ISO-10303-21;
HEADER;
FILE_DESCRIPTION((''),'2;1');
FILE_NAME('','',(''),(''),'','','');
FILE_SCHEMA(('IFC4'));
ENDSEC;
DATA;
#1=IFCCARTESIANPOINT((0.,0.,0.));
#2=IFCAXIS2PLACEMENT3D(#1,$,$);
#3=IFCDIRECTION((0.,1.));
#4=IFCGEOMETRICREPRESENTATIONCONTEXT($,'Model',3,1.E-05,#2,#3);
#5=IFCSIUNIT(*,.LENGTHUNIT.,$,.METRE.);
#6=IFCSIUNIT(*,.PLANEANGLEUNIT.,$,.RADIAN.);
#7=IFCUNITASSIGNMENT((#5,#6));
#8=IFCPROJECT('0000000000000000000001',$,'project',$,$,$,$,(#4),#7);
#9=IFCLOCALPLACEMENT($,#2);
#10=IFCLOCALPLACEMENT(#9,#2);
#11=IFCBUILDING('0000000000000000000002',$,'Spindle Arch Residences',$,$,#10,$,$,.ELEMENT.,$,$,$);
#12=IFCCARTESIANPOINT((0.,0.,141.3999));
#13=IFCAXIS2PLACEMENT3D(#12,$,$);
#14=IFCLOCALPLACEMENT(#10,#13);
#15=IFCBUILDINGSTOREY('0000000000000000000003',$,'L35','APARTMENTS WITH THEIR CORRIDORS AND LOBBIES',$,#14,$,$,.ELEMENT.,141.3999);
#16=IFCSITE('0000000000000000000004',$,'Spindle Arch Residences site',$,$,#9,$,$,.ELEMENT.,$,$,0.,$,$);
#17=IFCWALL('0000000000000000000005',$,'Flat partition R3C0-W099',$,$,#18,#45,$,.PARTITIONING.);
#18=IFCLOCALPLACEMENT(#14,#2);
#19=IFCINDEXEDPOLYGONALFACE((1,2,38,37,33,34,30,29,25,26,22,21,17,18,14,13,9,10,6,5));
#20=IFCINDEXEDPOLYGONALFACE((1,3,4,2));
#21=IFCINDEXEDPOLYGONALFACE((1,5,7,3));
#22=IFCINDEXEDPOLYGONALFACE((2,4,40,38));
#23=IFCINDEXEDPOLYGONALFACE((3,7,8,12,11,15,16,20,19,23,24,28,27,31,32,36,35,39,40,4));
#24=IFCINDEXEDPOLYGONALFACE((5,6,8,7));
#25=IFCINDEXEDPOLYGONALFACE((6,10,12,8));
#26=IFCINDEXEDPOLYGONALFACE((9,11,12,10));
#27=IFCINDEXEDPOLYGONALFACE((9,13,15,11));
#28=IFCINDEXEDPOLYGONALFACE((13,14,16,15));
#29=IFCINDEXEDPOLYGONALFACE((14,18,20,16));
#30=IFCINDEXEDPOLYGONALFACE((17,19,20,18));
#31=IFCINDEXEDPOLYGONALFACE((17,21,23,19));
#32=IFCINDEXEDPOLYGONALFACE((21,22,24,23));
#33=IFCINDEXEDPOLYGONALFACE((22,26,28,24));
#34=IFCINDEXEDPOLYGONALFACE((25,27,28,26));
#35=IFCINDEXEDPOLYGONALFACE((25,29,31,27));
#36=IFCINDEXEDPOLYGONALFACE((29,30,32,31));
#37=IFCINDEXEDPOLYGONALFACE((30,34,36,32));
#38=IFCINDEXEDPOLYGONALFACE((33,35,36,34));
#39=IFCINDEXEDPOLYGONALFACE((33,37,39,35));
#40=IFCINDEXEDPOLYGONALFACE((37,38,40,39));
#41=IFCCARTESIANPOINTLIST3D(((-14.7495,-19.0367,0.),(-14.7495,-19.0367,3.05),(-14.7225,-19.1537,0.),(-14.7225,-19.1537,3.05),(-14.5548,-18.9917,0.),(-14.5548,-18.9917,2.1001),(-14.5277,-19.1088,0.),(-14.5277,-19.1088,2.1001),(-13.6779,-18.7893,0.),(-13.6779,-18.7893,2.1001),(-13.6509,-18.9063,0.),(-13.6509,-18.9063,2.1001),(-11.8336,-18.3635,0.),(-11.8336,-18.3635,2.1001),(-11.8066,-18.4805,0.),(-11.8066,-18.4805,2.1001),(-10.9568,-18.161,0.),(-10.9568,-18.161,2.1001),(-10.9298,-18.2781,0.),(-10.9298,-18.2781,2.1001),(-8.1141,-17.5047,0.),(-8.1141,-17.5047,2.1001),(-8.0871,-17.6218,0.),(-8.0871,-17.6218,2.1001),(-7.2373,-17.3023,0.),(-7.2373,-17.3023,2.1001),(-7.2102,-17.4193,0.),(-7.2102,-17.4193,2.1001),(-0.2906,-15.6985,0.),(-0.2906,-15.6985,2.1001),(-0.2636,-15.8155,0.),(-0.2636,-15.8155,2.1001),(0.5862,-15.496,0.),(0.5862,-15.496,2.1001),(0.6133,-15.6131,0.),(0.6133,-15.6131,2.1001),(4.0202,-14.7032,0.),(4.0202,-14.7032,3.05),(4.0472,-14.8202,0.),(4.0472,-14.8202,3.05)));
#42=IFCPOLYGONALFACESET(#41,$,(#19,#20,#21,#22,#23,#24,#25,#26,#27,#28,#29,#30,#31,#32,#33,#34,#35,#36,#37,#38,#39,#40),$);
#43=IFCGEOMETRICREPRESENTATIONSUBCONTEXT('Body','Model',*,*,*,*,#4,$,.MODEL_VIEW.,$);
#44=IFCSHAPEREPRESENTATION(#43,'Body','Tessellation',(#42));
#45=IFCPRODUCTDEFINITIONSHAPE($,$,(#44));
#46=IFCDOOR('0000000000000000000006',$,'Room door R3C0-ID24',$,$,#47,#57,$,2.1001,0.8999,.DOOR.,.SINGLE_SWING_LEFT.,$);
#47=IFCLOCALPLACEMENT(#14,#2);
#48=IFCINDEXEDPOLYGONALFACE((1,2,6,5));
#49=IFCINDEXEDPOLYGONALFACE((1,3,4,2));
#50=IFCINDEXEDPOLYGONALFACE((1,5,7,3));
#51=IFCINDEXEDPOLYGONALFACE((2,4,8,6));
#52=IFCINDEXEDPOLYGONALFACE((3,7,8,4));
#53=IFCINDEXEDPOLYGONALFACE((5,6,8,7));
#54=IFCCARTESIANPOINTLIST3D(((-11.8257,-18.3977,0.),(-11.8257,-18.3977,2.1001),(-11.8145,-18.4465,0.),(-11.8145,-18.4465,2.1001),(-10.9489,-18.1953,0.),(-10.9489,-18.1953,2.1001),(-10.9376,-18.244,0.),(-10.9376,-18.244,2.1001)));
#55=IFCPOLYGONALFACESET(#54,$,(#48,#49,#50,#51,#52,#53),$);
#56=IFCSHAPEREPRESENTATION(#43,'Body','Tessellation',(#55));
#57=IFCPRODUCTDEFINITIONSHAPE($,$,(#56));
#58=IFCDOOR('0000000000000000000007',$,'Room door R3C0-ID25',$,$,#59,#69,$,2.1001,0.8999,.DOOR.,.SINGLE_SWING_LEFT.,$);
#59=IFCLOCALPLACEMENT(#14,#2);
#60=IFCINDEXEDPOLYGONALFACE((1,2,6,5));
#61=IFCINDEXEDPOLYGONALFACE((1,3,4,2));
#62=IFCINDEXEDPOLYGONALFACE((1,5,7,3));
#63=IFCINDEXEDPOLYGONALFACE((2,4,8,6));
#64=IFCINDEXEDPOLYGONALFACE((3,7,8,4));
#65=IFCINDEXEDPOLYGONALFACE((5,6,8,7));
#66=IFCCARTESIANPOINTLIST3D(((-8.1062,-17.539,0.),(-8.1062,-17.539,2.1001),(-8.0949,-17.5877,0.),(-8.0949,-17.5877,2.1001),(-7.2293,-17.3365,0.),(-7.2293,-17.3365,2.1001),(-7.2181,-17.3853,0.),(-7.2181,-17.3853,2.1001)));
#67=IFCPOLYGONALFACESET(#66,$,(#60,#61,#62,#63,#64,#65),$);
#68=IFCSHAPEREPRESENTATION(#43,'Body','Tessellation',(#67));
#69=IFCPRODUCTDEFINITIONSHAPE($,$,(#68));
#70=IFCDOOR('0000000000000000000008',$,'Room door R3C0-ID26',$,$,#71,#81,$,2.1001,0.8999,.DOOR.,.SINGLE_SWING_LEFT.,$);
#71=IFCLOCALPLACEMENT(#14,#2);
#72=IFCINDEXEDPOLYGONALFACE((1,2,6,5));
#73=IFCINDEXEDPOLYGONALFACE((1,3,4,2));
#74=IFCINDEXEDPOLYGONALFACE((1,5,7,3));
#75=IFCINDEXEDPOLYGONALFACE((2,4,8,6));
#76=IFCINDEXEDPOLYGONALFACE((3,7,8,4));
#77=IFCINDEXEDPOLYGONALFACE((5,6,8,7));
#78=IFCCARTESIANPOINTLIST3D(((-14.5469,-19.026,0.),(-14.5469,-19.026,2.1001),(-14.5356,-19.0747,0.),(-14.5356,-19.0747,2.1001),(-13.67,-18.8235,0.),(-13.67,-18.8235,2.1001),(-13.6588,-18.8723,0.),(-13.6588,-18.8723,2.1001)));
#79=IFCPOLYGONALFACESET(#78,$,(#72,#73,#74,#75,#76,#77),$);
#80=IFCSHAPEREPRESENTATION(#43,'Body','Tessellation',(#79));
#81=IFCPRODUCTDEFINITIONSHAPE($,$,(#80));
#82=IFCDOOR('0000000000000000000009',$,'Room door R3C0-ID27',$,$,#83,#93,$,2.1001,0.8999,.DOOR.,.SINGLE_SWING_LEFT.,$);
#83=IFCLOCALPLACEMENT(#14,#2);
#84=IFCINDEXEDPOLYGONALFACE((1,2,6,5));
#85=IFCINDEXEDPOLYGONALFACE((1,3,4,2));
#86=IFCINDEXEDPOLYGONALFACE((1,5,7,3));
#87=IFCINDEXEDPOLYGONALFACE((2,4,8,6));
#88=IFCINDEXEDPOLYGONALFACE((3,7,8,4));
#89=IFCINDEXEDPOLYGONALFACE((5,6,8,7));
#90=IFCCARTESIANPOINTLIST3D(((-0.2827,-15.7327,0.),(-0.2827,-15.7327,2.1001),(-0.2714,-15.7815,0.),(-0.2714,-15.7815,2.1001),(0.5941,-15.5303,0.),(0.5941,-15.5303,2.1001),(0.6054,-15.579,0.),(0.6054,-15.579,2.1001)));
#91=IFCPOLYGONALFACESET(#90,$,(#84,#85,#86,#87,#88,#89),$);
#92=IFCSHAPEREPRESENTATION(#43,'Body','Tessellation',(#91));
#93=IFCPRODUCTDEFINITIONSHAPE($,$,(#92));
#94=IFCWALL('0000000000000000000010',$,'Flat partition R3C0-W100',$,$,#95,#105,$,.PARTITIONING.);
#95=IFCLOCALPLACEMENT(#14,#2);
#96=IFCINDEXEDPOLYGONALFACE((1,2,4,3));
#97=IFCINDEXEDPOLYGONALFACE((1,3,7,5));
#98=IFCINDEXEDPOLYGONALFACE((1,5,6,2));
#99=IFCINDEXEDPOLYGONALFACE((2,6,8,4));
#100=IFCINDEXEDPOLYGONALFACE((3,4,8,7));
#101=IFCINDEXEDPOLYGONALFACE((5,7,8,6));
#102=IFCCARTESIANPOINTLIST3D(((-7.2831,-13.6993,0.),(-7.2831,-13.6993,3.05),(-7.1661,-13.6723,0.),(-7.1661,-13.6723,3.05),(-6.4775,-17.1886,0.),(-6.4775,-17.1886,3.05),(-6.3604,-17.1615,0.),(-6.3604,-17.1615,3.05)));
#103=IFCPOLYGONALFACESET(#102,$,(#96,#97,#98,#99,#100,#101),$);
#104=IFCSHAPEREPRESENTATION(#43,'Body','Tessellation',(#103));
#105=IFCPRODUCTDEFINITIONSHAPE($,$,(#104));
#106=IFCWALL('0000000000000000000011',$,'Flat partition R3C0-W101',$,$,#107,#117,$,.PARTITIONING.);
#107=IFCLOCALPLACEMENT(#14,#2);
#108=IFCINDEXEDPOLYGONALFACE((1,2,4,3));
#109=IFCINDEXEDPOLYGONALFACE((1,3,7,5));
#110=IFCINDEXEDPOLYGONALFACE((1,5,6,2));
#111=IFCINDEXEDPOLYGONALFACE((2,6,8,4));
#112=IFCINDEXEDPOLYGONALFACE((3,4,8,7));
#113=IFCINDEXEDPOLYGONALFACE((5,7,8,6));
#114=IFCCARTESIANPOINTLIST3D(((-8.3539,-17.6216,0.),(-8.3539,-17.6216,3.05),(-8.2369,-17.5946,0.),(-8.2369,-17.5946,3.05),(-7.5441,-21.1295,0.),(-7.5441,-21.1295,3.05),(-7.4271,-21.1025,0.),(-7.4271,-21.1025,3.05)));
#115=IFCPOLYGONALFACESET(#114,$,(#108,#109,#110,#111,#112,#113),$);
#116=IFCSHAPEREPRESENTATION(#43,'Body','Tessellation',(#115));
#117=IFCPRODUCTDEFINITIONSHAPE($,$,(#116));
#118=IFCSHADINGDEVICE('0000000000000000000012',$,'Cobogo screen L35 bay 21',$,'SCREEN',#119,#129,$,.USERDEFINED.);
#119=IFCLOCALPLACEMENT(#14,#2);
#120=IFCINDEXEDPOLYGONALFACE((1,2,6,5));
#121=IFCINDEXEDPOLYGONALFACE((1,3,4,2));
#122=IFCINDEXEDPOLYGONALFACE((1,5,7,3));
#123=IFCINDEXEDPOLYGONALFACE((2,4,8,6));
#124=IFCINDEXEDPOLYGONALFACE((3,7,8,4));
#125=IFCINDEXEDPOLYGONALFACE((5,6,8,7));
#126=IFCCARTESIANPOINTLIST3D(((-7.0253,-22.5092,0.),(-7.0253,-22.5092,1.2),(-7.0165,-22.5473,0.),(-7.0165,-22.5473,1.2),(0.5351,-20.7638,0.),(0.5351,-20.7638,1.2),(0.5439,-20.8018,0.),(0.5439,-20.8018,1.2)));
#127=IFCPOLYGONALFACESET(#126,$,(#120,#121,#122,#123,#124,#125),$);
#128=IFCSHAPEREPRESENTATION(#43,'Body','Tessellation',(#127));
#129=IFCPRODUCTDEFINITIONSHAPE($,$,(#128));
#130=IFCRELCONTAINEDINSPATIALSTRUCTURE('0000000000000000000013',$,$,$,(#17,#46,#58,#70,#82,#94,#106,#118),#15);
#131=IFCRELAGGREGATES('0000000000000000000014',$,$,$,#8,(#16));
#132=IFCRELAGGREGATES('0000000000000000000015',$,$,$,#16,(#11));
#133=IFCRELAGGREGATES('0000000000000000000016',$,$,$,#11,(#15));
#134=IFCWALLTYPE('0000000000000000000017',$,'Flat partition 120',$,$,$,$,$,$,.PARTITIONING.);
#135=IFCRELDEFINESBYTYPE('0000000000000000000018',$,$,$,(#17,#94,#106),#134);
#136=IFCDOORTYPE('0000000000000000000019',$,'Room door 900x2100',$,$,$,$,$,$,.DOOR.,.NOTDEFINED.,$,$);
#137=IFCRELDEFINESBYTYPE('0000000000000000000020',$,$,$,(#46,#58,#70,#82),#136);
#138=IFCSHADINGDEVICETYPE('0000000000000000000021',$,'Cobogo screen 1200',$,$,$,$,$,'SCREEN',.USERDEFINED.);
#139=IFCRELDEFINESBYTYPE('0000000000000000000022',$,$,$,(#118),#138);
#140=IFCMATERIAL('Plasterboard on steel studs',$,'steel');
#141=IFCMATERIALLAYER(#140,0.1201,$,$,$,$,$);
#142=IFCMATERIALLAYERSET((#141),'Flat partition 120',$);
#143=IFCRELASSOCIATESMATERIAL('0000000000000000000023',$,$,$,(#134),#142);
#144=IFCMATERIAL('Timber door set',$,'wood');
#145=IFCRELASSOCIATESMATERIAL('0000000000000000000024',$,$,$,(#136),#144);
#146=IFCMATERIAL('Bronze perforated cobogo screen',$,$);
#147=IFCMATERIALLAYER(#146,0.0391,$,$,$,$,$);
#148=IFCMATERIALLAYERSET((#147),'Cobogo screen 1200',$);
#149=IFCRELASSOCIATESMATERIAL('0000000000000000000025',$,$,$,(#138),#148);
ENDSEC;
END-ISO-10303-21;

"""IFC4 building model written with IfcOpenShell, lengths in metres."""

from ifc_helpers import new_model, si_unit, direction, frame, frame_2d, origin, origin_2d, place, context, subcontext, project, spatial, rectangle, extrude, material, layer, layer_set, type_object, element, fill, save


model = new_model("IFC4")

# Units and contexts
model_context = context("Model", 3, precision=1e-05, world=origin(), true_north=direction((0.0, 1.0)))
body_context = subcontext(model_context, "Body", "Model", "MODEL_VIEW")
ifc_project = project(units=[si_unit("LENGTHUNIT", "METRE"), si_unit("PLANEANGLEUNIT", "RADIAN")], contexts=[model_context])

# Site, building, storey
site_placement = place(None, origin())
site = spatial("IfcSite", under=ifc_project, at=site_placement, Name="Spindle Arch Residences site", CompositionType="ELEMENT", RefElevation=0.0)
building_placement = place(site_placement, origin())
building = spatial("IfcBuilding", under=site, at=building_placement, Name="Spindle Arch Residences", CompositionType="ELEMENT")
storey_placement = place(building_placement, frame((0.0, 0.0, 141.3999)))
storey = spatial("IfcBuildingStorey", under=building, at=storey_placement, Name="L35", Description="APARTMENTS WITH THEIR CORRIDORS AND LOBBIES", CompositionType="ELEMENT", Elevation=141.3999)

# Shared definitions
ifc_material_1 = material(Name="Plasterboard on steel studs", Category="steel")
ifc_layer_1 = layer(ifc_material_1, 0.1201)
ifc_layer_set_1 = layer_set([ifc_layer_1], Name="Flat partition 120")
wall_type_1 = type_object("IfcWallType", Name="Flat partition 120", PredefinedType="PARTITIONING", material=ifc_layer_set_1)

# Shared definitions
ifc_material_2 = material(Name="Timber door set", Category="wood")
door_type_1 = type_object("IfcDoorType", Name="Room door 900x2100", OperationType="NOTDEFINED", PredefinedType="DOOR", material=ifc_material_2)

# Wall, openings, doors
wall_1_placement = place(storey_placement, frame((-14.7361, -19.0952, 0.0), z_axis=(0.0, 0.0, 1.0), x_axis=(0.974368, 0.224959, 0.0)))
wall_1 = element("IfcWall", 1, at=wall_1_placement, inside=storey, type_object=wall_type_1, Name="Flat partition R3C0-W099", PredefinedType="PARTITIONING", context=body_context, shape_type="SweptSolid", body=[
    extrude(rectangle(XDim=19.2634, YDim=0.1201, at=frame_2d((9.6318, 0.0))), origin(), (0.0, 0.0, 1.0), 3.05),
])
opening_1_placement = place(wall_1_placement, frame((2.9927, 0.0, 0.0)))
opening_1 = element("IfcOpeningElement", 2, at=opening_1_placement, cuts=wall_1, PredefinedType="OPENING", context=body_context, shape_type="SweptSolid", body=[
    extrude(rectangle(XDim=0.8999, YDim=2.1001, at=frame_2d((0.45, 1.05))), frame((0.0, 0.0701, 0.0), z_axis=(0.0, -1.0, 0.0), x_axis=(1.0, 0.0, 0.0)), (0.0, 0.0, 1.0), 0.1401),
])
opening_2_placement = place(wall_1_placement, frame((6.8101, 0.0, 0.0)))
opening_2 = element("IfcOpeningElement", 3, at=opening_2_placement, cuts=wall_1, PredefinedType="OPENING", context=body_context, shape_type="SweptSolid", body=[
    extrude(rectangle(XDim=0.8999, YDim=2.1001, at=frame_2d((0.45, 1.05))), frame((0.0, 0.0701, 0.0), z_axis=(0.0, -1.0, 0.0), x_axis=(1.0, 0.0, 0.0)), (0.0, 0.0, 1.0), 0.1401),
])
opening_3_placement = place(wall_1_placement, frame((0.2, 0.0, 0.0)))
opening_3 = element("IfcOpeningElement", 4, at=opening_3_placement, cuts=wall_1, PredefinedType="OPENING", context=body_context, shape_type="SweptSolid", body=[
    extrude(rectangle(XDim=0.8999, YDim=2.1001, at=frame_2d((0.45, 1.05))), frame((0.0, 0.0701, 0.0), z_axis=(0.0, -1.0, 0.0), x_axis=(1.0, 0.0, 0.0)), (0.0, 0.0, 1.0), 0.1401),
])
opening_4_placement = place(wall_1_placement, frame((14.8394, 0.0, 0.0)))
opening_4 = element("IfcOpeningElement", 5, at=opening_4_placement, cuts=wall_1, PredefinedType="OPENING", context=body_context, shape_type="SweptSolid", body=[
    extrude(rectangle(XDim=0.8999, YDim=2.1001, at=frame_2d((0.45, 1.05))), frame((0.0, 0.0701, 0.0), z_axis=(0.0, -1.0, 0.0), x_axis=(1.0, 0.0, 0.0)), (0.0, 0.0, 1.0), 0.1401),
])
door_1_placement = place(opening_1_placement, origin())
door_1 = element("IfcDoor", 6, at=door_1_placement, inside=storey, type_object=door_type_1, Name="Room door R3C0-ID24", OperationType="SINGLE_SWING_LEFT", OverallHeight=2.1001, OverallWidth=0.8999, PredefinedType="DOOR", context=body_context, shape_type="SweptSolid", body=[
    extrude(rectangle(XDim=0.8999, YDim=2.1001, at=frame_2d((0.45, 1.05))), frame((0.0, 0.0249, 0.0), z_axis=(0.0, -1.0, 0.0), x_axis=(1.0, 0.0, 0.0)), (0.0, 0.0, 1.0), 0.05),
])
fill(opening_1, door_1)
door_2_placement = place(opening_2_placement, origin())
door_2 = element("IfcDoor", 7, at=door_2_placement, inside=storey, type_object=door_type_1, Name="Room door R3C0-ID25", OperationType="SINGLE_SWING_LEFT", OverallHeight=2.1001, OverallWidth=0.8999, PredefinedType="DOOR", context=body_context, shape_type="SweptSolid", body=[
    extrude(rectangle(XDim=0.8999, YDim=2.1001, at=frame_2d((0.45, 1.05))), frame((0.0, 0.0249, 0.0), z_axis=(0.0, -1.0, 0.0), x_axis=(1.0, 0.0, 0.0)), (0.0, 0.0, 1.0), 0.05),
])
fill(opening_2, door_2)
door_3_placement = place(opening_3_placement, origin())
door_3 = element("IfcDoor", 8, at=door_3_placement, inside=storey, type_object=door_type_1, Name="Room door R3C0-ID26", OperationType="SINGLE_SWING_LEFT", OverallHeight=2.1001, OverallWidth=0.8999, PredefinedType="DOOR", context=body_context, shape_type="SweptSolid", body=[
    extrude(rectangle(XDim=0.8999, YDim=2.1001, at=frame_2d((0.45, 1.05))), frame((0.0, 0.0249, 0.0), z_axis=(0.0, -1.0, 0.0), x_axis=(1.0, 0.0, 0.0)), (0.0, 0.0, 1.0), 0.05),
])
fill(opening_3, door_3)
door_4_placement = place(opening_4_placement, origin())
door_4 = element("IfcDoor", 9, at=door_4_placement, inside=storey, type_object=door_type_1, Name="Room door R3C0-ID27", OperationType="SINGLE_SWING_LEFT", OverallHeight=2.1001, OverallWidth=0.8999, PredefinedType="DOOR", context=body_context, shape_type="SweptSolid", body=[
    extrude(rectangle(XDim=0.8999, YDim=2.1001, at=frame_2d((0.45, 1.05))), frame((0.0, 0.0249, 0.0), z_axis=(0.0, -1.0, 0.0), x_axis=(1.0, 0.0, 0.0)), (0.0, 0.0, 1.0), 0.05),
])
fill(opening_4, door_4)

# Walls
wall_2_placement = place(storey_placement, frame((-6.4189, -17.175, 0.0), z_axis=(0.0, 0.0, 1.0), x_axis=(-0.224979, 0.974364, 0.0)))
element("IfcWall", 10, at=wall_2_placement, inside=storey, type_object=wall_type_1, Name="Flat partition R3C0-W100", PredefinedType="PARTITIONING", context=body_context, shape_type="SweptSolid", body=[
    extrude(rectangle(XDim=3.5811, YDim=0.1201, at=frame_2d((1.7905, 0.0))), origin(), (0.0, 0.0, 1.0), 3.05),
])
wall_3_placement = place(storey_placement, frame((-7.4856, -21.116, 0.0), z_axis=(0.0, 0.0, 1.0), x_axis=(-0.224944, 0.974372, 0.0)))
element("IfcWall", 11, at=wall_3_placement, inside=storey, type_object=wall_type_1, Name="Flat partition R3C0-W101", PredefinedType="PARTITIONING", context=body_context, shape_type="SweptSolid", body=[
    extrude(rectangle(XDim=3.6001, YDim=0.1201, at=frame_2d((1.8, 0.0))), origin(), (0.0, 0.0, 1.0), 3.05),
])

# Shading device
ifc_material_3 = material(Name="Bronze perforated cobogo screen")
ifc_layer_2 = layer(ifc_material_3, 0.0391)
ifc_layer_set_2 = layer_set([ifc_layer_2], Name="Cobogo screen 1200")
shading_device_type = type_object("IfcShadingDeviceType", Name="Cobogo screen 1200", ElementType="SCREEN", PredefinedType="USERDEFINED", material=ifc_layer_set_2)
shading_device_placement = place(storey_placement, frame((-3.2407, -21.6555, 0.0), z_axis=(0.0, 0.0, 1.0), x_axis=(0.97437, 0.224951, 0.0)))
element("IfcShadingDevice", 12, at=shading_device_placement, inside=storey, type_object=shading_device_type, Name="Cobogo screen L35 bay 21", ObjectType="SCREEN", PredefinedType="USERDEFINED", context=body_context, shape_type="SweptSolid", body=[
    extrude(rectangle(XDim=7.7593, YDim=0.0391, at=origin_2d()), origin(), (0.0, 0.0, 1.0), 1.2),
])

save(model, "model.ifc")
